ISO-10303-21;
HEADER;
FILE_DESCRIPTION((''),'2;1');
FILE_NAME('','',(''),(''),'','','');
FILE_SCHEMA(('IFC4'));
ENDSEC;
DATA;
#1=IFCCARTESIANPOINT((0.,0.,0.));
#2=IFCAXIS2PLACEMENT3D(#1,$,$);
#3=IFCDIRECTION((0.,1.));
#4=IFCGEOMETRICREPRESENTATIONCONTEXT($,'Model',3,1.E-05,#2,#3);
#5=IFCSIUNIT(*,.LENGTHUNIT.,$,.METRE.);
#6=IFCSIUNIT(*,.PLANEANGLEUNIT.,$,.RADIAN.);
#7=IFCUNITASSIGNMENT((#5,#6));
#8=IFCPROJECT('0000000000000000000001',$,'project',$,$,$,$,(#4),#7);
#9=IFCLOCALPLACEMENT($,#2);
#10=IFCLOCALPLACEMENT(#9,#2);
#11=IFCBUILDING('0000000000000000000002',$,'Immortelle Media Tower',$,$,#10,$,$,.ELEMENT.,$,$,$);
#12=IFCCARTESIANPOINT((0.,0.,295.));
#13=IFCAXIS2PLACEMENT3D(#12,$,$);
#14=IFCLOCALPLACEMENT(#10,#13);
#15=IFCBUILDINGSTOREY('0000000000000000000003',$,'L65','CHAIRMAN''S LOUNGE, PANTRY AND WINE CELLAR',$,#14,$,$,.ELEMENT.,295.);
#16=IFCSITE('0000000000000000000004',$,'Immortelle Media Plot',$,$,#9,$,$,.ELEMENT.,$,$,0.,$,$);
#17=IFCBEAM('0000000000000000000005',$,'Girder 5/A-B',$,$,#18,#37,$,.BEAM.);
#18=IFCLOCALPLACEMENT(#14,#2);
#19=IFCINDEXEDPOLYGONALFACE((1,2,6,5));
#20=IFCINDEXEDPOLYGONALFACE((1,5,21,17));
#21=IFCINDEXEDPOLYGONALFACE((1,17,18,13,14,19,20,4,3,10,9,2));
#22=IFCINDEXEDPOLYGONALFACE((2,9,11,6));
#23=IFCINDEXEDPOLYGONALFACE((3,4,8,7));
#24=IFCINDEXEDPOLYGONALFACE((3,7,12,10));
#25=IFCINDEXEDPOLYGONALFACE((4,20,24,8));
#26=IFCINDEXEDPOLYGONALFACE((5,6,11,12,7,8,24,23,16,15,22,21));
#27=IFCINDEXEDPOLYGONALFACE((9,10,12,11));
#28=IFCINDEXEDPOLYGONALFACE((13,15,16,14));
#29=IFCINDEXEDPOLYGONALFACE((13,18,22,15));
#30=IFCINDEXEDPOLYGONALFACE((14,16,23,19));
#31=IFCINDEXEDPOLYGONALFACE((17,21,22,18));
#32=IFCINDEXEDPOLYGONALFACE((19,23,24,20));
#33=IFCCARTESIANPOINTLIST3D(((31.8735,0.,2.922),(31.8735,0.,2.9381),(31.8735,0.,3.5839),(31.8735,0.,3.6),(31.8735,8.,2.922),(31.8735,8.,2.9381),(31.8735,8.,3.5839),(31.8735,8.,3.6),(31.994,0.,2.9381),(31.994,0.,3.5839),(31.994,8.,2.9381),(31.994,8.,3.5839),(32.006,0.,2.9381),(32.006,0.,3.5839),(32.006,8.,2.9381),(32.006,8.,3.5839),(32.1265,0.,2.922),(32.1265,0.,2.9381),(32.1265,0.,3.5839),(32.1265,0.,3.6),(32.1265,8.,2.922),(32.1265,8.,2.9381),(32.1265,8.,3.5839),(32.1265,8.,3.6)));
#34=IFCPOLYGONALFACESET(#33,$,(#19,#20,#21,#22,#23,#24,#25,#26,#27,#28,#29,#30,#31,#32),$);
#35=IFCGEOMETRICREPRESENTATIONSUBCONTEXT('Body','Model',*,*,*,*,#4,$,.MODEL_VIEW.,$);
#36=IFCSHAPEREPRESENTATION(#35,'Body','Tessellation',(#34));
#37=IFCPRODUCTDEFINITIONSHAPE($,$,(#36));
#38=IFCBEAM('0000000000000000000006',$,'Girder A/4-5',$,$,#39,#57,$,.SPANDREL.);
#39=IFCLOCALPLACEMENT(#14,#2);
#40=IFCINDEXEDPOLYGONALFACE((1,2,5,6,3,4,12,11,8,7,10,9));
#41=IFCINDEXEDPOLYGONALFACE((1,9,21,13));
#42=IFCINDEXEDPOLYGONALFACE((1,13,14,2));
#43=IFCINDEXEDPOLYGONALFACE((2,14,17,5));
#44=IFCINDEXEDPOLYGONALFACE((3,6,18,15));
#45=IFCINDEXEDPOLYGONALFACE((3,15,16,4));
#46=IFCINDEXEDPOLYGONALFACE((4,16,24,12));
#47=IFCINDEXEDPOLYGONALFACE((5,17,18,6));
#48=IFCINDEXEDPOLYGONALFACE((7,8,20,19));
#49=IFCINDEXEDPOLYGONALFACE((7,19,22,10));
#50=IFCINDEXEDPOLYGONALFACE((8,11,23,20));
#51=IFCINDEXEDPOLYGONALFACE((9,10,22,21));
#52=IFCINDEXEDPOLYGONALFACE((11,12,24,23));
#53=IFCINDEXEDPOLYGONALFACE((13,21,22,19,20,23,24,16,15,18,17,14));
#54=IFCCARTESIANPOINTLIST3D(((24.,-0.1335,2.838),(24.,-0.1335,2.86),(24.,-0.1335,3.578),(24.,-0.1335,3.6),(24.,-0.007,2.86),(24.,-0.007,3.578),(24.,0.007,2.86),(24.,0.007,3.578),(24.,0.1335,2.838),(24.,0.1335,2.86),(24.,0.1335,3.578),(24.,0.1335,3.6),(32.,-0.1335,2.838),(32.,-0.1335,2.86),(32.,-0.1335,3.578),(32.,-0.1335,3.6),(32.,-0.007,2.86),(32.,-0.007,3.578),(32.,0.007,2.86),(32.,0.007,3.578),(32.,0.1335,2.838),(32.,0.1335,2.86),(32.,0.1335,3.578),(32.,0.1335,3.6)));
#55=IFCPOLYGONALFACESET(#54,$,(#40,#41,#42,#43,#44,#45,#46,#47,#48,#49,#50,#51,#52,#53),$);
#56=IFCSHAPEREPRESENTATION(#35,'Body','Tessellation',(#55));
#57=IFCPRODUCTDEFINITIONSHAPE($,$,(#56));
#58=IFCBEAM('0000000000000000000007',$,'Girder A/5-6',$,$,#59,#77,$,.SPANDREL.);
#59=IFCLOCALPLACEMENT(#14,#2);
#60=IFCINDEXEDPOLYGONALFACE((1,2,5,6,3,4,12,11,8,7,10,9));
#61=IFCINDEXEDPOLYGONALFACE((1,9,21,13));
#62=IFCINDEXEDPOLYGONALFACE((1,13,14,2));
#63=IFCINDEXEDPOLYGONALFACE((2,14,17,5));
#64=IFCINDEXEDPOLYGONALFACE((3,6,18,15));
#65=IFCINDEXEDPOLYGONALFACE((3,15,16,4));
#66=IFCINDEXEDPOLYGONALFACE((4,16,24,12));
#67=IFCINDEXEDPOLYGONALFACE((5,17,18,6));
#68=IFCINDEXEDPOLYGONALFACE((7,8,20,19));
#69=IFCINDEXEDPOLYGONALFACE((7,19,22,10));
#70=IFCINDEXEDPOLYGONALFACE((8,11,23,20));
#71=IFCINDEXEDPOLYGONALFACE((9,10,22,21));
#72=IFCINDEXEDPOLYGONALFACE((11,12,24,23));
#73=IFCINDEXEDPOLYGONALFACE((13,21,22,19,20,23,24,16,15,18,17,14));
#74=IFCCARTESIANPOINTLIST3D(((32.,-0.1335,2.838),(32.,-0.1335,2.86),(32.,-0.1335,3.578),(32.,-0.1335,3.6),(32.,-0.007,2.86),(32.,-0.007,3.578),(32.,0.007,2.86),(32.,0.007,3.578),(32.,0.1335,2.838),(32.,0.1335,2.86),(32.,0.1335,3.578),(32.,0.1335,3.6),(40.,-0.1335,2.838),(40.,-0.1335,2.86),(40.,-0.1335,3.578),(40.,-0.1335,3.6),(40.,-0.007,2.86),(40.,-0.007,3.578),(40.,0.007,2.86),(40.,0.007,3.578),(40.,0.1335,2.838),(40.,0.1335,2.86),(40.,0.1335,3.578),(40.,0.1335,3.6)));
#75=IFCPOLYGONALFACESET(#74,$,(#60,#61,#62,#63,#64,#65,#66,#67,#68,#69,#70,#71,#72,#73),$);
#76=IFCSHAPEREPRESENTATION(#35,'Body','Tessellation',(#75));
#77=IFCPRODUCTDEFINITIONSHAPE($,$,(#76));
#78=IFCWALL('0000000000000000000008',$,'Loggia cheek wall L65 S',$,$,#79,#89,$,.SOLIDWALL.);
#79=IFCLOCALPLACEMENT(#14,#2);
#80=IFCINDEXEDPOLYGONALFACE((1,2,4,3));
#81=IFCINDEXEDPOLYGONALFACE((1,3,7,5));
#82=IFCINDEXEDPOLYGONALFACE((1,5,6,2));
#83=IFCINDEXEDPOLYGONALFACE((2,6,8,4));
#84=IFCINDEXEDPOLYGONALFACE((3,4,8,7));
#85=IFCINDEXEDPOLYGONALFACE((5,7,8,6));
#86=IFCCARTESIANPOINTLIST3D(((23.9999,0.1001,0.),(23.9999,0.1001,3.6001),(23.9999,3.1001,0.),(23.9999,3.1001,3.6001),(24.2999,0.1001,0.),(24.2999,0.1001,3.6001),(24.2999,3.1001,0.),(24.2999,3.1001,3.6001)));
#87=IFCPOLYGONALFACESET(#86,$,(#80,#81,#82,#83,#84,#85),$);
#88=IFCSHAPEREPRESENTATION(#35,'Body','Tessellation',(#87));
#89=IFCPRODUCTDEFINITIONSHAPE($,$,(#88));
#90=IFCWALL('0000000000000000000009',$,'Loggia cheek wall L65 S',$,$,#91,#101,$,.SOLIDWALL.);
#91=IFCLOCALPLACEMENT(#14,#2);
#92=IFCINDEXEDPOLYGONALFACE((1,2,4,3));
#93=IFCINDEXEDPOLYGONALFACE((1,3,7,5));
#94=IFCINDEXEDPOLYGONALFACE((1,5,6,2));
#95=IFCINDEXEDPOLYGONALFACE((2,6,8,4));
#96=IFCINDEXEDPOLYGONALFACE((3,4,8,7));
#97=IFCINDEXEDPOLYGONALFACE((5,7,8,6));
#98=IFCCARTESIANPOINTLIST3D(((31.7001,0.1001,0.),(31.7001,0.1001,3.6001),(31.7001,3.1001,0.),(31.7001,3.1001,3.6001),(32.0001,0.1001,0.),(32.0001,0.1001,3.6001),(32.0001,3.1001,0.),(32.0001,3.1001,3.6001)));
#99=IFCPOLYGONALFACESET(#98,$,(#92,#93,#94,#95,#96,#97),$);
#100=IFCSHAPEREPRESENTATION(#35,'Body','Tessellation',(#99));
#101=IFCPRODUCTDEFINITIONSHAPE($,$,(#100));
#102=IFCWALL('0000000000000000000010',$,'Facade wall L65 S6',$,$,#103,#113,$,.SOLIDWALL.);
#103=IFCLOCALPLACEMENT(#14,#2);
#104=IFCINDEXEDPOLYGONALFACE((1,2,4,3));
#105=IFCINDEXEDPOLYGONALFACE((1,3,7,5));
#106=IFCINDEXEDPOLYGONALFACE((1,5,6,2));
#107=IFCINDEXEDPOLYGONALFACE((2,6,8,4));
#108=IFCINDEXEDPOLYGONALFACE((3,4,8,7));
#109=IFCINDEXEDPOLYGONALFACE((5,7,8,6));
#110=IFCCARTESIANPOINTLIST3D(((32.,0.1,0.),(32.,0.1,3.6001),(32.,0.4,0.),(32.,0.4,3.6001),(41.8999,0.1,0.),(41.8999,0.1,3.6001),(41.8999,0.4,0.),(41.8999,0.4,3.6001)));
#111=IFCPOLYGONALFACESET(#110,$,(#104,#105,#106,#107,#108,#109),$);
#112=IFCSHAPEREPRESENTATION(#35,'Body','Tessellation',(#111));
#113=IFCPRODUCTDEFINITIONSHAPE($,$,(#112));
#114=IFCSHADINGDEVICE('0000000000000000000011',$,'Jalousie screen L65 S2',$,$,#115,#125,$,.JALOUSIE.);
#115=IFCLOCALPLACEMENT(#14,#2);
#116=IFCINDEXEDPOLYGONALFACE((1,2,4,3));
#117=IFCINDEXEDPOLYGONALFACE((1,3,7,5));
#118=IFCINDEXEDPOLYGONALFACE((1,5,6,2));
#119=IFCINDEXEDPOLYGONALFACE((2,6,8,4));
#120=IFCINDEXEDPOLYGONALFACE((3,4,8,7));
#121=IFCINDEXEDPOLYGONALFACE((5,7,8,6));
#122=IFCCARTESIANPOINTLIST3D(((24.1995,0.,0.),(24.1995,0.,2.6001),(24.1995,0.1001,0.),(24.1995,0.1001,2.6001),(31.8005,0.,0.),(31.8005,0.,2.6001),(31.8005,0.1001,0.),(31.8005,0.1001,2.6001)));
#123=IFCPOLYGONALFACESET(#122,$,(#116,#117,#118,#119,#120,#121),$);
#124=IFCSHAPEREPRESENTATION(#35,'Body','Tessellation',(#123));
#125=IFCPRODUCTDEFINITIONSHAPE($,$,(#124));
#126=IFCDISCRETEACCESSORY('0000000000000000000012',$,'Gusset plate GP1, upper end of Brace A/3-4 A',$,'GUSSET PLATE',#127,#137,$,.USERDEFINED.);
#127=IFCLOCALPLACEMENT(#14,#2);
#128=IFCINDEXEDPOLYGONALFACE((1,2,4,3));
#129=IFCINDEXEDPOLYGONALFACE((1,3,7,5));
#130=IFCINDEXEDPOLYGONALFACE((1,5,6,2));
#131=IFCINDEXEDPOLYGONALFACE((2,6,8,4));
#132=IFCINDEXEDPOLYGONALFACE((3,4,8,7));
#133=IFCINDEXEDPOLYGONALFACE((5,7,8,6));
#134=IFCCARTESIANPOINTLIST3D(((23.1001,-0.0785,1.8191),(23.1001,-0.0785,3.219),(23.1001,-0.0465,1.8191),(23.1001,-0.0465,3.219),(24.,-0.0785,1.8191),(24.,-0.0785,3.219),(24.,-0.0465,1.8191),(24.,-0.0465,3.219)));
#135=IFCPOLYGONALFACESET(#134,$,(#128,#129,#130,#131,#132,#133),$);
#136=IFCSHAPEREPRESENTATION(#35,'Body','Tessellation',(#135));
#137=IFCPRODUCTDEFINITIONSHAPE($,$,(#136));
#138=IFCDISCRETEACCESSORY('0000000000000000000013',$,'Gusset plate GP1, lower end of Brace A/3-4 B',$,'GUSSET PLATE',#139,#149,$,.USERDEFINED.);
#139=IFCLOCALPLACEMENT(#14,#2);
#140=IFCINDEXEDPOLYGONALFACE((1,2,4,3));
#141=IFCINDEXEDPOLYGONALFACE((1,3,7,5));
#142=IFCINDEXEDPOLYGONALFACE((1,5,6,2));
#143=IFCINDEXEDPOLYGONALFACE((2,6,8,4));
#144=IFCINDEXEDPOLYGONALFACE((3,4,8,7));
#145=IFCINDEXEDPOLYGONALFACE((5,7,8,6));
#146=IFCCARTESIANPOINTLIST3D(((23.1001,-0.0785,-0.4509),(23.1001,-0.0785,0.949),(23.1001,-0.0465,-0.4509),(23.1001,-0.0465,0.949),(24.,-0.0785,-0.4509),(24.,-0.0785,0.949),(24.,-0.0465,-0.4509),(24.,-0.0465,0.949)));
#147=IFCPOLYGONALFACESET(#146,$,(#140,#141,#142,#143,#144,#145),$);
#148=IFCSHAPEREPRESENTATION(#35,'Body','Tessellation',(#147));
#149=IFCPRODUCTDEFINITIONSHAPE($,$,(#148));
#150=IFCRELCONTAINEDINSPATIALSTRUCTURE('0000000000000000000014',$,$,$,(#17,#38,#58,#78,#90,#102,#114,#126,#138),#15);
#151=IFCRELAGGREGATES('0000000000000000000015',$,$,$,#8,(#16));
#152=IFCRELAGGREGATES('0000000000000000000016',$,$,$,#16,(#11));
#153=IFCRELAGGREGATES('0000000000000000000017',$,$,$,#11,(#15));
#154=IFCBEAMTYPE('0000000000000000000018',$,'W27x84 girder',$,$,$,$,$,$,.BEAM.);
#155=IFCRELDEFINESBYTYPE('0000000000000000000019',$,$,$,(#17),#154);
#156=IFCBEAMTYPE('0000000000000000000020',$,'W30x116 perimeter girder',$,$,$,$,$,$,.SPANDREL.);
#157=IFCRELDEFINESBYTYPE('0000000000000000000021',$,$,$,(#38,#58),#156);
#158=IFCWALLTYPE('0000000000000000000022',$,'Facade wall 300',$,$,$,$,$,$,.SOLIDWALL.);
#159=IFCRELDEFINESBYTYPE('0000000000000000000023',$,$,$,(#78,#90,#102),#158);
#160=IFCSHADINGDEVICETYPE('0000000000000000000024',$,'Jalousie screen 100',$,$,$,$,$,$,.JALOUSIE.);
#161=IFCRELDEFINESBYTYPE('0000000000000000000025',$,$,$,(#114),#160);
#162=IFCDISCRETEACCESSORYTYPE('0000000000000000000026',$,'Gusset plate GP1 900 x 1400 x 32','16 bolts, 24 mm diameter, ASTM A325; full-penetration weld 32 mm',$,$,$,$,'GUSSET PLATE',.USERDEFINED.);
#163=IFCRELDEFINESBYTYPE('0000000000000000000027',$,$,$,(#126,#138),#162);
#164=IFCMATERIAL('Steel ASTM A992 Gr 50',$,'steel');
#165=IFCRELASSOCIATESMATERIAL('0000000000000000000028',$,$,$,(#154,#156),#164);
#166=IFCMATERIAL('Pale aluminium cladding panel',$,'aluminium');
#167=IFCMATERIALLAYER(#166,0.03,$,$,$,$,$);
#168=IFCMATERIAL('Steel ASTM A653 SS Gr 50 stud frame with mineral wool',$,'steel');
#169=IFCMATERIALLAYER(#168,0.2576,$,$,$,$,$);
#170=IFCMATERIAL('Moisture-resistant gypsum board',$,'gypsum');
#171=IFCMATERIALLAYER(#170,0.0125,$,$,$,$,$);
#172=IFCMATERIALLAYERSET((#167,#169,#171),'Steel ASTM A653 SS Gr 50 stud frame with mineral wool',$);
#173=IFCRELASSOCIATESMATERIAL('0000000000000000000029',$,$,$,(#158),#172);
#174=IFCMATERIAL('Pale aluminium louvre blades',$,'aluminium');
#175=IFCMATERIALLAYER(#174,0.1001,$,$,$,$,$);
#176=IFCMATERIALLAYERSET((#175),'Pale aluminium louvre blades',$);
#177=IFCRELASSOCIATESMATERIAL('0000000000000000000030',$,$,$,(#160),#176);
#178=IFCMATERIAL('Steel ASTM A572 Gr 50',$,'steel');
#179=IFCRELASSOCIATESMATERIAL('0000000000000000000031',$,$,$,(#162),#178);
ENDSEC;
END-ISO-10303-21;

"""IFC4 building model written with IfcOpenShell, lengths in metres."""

from ifc_helpers import new_model, si_unit, direction, frame, frame_2d, origin, origin_2d, place, context, subcontext, project, spatial, rectangle, i_section, extrude, material, layer, layer_set, material_profile, profile_set, type_object, element, save


model = new_model("IFC4")

# Units and contexts
model_context = context("Model", 3, precision=1e-05, world=origin(), true_north=direction((0.0, 1.0)))
body_context = subcontext(model_context, "Body", "Model", "MODEL_VIEW")
ifc_project = project(units=[si_unit("LENGTHUNIT", "METRE"), si_unit("PLANEANGLEUNIT", "RADIAN")], contexts=[model_context])

# Site, building, storey
site_placement = place(None, origin())
site = spatial("IfcSite", under=ifc_project, at=site_placement, Name="Immortelle Media Plot", CompositionType="ELEMENT", RefElevation=0.0)
building_placement = place(site_placement, origin())
building = spatial("IfcBuilding", under=site, at=building_placement, Name="Immortelle Media Tower", CompositionType="ELEMENT")
storey_placement = place(building_placement, frame((0.0, 0.0, 295.0)))
storey = spatial("IfcBuildingStorey", under=building, at=storey_placement, Name="L65", Description="CHAIRMAN'S LOUNGE, PANTRY AND WINE CELLAR", CompositionType="ELEMENT", Elevation=295.0)

# Shared definitions
ifc_material_1 = material(Name="Steel ASTM A992 Gr 50", Category="steel")

# Beams
ifc_material_profile_1 = material_profile(ifc_material_1, i_section(OverallWidth=0.2529, OverallDepth=0.678, WebThickness=0.012, FlangeThickness=0.0161, at=origin_2d()), Name="W27x84")
ifc_profile_set_1 = profile_set([ifc_material_profile_1], Name="Steel ASTM A992 Gr 50")
beam_type_1 = type_object("IfcBeamType", Name="W27x84 girder", PredefinedType="BEAM", material=ifc_profile_set_1)
for number, where, z_axis, x_axis, name in (
    (1, (32.0, 0.0, 3.261), (0.0, 1.0, 0.0), (-1.0, 0.0, 0.0), "Girder 5/A-B"),
):
    element("IfcBeam", number, at=place(storey_placement, frame(where, z_axis=z_axis, x_axis=x_axis)), inside=storey, type_object=beam_type_1, Name=name, PredefinedType="BEAM", context=body_context, shape_type="SweptSolid", body=[
        extrude(i_section(OverallWidth=0.2529, OverallDepth=0.678, WebThickness=0.012, FlangeThickness=0.0161, at=origin_2d()), origin(), (0.0, 0.0, 1.0), 8.0),
    ])
ifc_material_profile_2 = material_profile(ifc_material_1, i_section(OverallWidth=0.2671, OverallDepth=0.762, WebThickness=0.0139, FlangeThickness=0.022, at=origin_2d()), Name="W30x116")
ifc_profile_set_2 = profile_set([ifc_material_profile_2], Name="Steel ASTM A992 Gr 50")
beam_type_2 = type_object("IfcBeamType", Name="W30x116 perimeter girder", PredefinedType="SPANDREL", material=ifc_profile_set_2)
for number, where, z_axis, x_axis, name in (
    (2, (24.0, 0.0, 3.219), (1.0, 0.0, 0.0), (0.0, 1.0, 0.0), "Girder A/4-5"),
    (3, (32.0, 0.0, 3.219), (1.0, 0.0, 0.0), (0.0, 1.0, 0.0), "Girder A/5-6"),
):
    element("IfcBeam", number, at=place(storey_placement, frame(where, z_axis=z_axis, x_axis=x_axis)), inside=storey, type_object=beam_type_2, Name=name, PredefinedType="SPANDREL", context=body_context, shape_type="SweptSolid", body=[
        extrude(i_section(OverallWidth=0.2671, OverallDepth=0.762, WebThickness=0.0139, FlangeThickness=0.022, at=origin_2d()), origin(), (0.0, 0.0, 1.0), 8.0),
    ])

# Walls
ifc_material_2 = material(Name="Pale aluminium cladding panel", Category="aluminium")
ifc_layer_1 = layer(ifc_material_2, 0.03)
ifc_material_3 = material(Name="Steel ASTM A653 SS Gr 50 stud frame with mineral wool", Category="steel")
ifc_layer_2 = layer(ifc_material_3, 0.2576)
ifc_material_4 = material(Name="Moisture-resistant gypsum board", Category="gypsum")
ifc_layer_3 = layer(ifc_material_4, 0.0125)
ifc_layer_set_1 = layer_set([ifc_layer_1, ifc_layer_2, ifc_layer_3], Name="Steel ASTM A653 SS Gr 50 stud frame with mineral wool")
wall_type = type_object("IfcWallType", Name="Facade wall 300", PredefinedType="SOLIDWALL", material=ifc_layer_set_1)
for number, where, z_axis, x_axis, name in (
    (4, (24.1499, 0.1001, 0.0), (0.0, 0.0, 1.0), (0.0, 1.0, 0.0), "Loggia cheek wall L65 S"),
    (5, (31.8501, 0.1001, 0.0), (0.0, 0.0, 1.0), (0.0, 1.0, 0.0), "Loggia cheek wall L65 S"),
):
    element("IfcWall", number, at=place(storey_placement, frame(where, z_axis=z_axis, x_axis=x_axis)), inside=storey, type_object=wall_type, Name=name, PredefinedType="SOLIDWALL", context=body_context, shape_type="SweptSolid", body=[
        extrude(rectangle(XDim=3.0, YDim=0.3, at=frame_2d((1.5, 0.0))), origin(), (0.0, 0.0, 1.0), 3.6001),
    ])
wall_placement = place(storey_placement, frame((32.0, 0.25, 0.0), z_axis=(0.0, 0.0, 1.0), x_axis=(1.0, 0.0, 0.0)))
element("IfcWall", 6, at=wall_placement, inside=storey, type_object=wall_type, Name="Facade wall L65 S6", PredefinedType="SOLIDWALL", context=body_context, shape_type="SweptSolid", body=[
    extrude(rectangle(XDim=9.8999, YDim=0.3, at=frame_2d((4.95, 0.0))), origin(), (0.0, 0.0, 1.0), 3.6001),
])

# Shading device
ifc_material_5 = material(Name="Pale aluminium louvre blades", Category="aluminium")
ifc_layer_4 = layer(ifc_material_5, 0.1001)
ifc_layer_set_2 = layer_set([ifc_layer_4], Name="Pale aluminium louvre blades")
shading_device_type = type_object("IfcShadingDeviceType", Name="Jalousie screen 100", PredefinedType="JALOUSIE", material=ifc_layer_set_2)
shading_device_placement = place(storey_placement, frame((28.0, 0.05, 0.0), z_axis=(0.0, 0.0, 1.0), x_axis=(1.0, 0.0, 0.0)))
element("IfcShadingDevice", 7, at=shading_device_placement, inside=storey, type_object=shading_device_type, Name="Jalousie screen L65 S2", PredefinedType="JALOUSIE", context=body_context, shape_type="SweptSolid", body=[
    extrude(rectangle(XDim=7.6011, YDim=0.1001, at=origin_2d()), origin(), (0.0, 0.0, 1.0), 2.6001),
])

# Discrete accessories
ifc_material_6 = material(Name="Steel ASTM A572 Gr 50", Category="steel")
ifc_material_profile_3 = material_profile(ifc_material_6, rectangle(XDim=0.032, YDim=1.3999, at=origin_2d()), Name="PL 32 x 1400")
ifc_profile_set_3 = profile_set([ifc_material_profile_3], Name="Steel ASTM A572 Gr 50")
discrete_accessory_type = type_object("IfcDiscreteAccessoryType", Name="Gusset plate GP1 900 x 1400 x 32", Description="16 bolts, 24 mm diameter, ASTM A325; full-penetration weld 32 mm", ElementType="GUSSET PLATE", PredefinedType="USERDEFINED", material=ifc_profile_set_3)
for number, where, z_axis, x_axis, name in (
    (8, (24.0, -0.0625, 2.519), (-1.0, 0.0, 0.0), (0.0, -1.0, 0.0), "Gusset plate GP1, upper end of Brace A/3-4 A"),
    (9, (24.0, -0.0625, 0.249), (-1.0, 0.0, 0.0), (0.0, -1.0, 0.0), "Gusset plate GP1, lower end of Brace A/3-4 B"),
):
    element("IfcDiscreteAccessory", number, at=place(storey_placement, frame(where, z_axis=z_axis, x_axis=x_axis)), inside=storey, type_object=discrete_accessory_type, Name=name, ObjectType="GUSSET PLATE", PredefinedType="USERDEFINED", context=body_context, shape_type="SweptSolid", body=[
        extrude(rectangle(XDim=0.032, YDim=1.3999, at=origin_2d()), origin(), (0.0, 0.0, 1.0), 0.8999),
    ])

save(model, "model.ifc")
